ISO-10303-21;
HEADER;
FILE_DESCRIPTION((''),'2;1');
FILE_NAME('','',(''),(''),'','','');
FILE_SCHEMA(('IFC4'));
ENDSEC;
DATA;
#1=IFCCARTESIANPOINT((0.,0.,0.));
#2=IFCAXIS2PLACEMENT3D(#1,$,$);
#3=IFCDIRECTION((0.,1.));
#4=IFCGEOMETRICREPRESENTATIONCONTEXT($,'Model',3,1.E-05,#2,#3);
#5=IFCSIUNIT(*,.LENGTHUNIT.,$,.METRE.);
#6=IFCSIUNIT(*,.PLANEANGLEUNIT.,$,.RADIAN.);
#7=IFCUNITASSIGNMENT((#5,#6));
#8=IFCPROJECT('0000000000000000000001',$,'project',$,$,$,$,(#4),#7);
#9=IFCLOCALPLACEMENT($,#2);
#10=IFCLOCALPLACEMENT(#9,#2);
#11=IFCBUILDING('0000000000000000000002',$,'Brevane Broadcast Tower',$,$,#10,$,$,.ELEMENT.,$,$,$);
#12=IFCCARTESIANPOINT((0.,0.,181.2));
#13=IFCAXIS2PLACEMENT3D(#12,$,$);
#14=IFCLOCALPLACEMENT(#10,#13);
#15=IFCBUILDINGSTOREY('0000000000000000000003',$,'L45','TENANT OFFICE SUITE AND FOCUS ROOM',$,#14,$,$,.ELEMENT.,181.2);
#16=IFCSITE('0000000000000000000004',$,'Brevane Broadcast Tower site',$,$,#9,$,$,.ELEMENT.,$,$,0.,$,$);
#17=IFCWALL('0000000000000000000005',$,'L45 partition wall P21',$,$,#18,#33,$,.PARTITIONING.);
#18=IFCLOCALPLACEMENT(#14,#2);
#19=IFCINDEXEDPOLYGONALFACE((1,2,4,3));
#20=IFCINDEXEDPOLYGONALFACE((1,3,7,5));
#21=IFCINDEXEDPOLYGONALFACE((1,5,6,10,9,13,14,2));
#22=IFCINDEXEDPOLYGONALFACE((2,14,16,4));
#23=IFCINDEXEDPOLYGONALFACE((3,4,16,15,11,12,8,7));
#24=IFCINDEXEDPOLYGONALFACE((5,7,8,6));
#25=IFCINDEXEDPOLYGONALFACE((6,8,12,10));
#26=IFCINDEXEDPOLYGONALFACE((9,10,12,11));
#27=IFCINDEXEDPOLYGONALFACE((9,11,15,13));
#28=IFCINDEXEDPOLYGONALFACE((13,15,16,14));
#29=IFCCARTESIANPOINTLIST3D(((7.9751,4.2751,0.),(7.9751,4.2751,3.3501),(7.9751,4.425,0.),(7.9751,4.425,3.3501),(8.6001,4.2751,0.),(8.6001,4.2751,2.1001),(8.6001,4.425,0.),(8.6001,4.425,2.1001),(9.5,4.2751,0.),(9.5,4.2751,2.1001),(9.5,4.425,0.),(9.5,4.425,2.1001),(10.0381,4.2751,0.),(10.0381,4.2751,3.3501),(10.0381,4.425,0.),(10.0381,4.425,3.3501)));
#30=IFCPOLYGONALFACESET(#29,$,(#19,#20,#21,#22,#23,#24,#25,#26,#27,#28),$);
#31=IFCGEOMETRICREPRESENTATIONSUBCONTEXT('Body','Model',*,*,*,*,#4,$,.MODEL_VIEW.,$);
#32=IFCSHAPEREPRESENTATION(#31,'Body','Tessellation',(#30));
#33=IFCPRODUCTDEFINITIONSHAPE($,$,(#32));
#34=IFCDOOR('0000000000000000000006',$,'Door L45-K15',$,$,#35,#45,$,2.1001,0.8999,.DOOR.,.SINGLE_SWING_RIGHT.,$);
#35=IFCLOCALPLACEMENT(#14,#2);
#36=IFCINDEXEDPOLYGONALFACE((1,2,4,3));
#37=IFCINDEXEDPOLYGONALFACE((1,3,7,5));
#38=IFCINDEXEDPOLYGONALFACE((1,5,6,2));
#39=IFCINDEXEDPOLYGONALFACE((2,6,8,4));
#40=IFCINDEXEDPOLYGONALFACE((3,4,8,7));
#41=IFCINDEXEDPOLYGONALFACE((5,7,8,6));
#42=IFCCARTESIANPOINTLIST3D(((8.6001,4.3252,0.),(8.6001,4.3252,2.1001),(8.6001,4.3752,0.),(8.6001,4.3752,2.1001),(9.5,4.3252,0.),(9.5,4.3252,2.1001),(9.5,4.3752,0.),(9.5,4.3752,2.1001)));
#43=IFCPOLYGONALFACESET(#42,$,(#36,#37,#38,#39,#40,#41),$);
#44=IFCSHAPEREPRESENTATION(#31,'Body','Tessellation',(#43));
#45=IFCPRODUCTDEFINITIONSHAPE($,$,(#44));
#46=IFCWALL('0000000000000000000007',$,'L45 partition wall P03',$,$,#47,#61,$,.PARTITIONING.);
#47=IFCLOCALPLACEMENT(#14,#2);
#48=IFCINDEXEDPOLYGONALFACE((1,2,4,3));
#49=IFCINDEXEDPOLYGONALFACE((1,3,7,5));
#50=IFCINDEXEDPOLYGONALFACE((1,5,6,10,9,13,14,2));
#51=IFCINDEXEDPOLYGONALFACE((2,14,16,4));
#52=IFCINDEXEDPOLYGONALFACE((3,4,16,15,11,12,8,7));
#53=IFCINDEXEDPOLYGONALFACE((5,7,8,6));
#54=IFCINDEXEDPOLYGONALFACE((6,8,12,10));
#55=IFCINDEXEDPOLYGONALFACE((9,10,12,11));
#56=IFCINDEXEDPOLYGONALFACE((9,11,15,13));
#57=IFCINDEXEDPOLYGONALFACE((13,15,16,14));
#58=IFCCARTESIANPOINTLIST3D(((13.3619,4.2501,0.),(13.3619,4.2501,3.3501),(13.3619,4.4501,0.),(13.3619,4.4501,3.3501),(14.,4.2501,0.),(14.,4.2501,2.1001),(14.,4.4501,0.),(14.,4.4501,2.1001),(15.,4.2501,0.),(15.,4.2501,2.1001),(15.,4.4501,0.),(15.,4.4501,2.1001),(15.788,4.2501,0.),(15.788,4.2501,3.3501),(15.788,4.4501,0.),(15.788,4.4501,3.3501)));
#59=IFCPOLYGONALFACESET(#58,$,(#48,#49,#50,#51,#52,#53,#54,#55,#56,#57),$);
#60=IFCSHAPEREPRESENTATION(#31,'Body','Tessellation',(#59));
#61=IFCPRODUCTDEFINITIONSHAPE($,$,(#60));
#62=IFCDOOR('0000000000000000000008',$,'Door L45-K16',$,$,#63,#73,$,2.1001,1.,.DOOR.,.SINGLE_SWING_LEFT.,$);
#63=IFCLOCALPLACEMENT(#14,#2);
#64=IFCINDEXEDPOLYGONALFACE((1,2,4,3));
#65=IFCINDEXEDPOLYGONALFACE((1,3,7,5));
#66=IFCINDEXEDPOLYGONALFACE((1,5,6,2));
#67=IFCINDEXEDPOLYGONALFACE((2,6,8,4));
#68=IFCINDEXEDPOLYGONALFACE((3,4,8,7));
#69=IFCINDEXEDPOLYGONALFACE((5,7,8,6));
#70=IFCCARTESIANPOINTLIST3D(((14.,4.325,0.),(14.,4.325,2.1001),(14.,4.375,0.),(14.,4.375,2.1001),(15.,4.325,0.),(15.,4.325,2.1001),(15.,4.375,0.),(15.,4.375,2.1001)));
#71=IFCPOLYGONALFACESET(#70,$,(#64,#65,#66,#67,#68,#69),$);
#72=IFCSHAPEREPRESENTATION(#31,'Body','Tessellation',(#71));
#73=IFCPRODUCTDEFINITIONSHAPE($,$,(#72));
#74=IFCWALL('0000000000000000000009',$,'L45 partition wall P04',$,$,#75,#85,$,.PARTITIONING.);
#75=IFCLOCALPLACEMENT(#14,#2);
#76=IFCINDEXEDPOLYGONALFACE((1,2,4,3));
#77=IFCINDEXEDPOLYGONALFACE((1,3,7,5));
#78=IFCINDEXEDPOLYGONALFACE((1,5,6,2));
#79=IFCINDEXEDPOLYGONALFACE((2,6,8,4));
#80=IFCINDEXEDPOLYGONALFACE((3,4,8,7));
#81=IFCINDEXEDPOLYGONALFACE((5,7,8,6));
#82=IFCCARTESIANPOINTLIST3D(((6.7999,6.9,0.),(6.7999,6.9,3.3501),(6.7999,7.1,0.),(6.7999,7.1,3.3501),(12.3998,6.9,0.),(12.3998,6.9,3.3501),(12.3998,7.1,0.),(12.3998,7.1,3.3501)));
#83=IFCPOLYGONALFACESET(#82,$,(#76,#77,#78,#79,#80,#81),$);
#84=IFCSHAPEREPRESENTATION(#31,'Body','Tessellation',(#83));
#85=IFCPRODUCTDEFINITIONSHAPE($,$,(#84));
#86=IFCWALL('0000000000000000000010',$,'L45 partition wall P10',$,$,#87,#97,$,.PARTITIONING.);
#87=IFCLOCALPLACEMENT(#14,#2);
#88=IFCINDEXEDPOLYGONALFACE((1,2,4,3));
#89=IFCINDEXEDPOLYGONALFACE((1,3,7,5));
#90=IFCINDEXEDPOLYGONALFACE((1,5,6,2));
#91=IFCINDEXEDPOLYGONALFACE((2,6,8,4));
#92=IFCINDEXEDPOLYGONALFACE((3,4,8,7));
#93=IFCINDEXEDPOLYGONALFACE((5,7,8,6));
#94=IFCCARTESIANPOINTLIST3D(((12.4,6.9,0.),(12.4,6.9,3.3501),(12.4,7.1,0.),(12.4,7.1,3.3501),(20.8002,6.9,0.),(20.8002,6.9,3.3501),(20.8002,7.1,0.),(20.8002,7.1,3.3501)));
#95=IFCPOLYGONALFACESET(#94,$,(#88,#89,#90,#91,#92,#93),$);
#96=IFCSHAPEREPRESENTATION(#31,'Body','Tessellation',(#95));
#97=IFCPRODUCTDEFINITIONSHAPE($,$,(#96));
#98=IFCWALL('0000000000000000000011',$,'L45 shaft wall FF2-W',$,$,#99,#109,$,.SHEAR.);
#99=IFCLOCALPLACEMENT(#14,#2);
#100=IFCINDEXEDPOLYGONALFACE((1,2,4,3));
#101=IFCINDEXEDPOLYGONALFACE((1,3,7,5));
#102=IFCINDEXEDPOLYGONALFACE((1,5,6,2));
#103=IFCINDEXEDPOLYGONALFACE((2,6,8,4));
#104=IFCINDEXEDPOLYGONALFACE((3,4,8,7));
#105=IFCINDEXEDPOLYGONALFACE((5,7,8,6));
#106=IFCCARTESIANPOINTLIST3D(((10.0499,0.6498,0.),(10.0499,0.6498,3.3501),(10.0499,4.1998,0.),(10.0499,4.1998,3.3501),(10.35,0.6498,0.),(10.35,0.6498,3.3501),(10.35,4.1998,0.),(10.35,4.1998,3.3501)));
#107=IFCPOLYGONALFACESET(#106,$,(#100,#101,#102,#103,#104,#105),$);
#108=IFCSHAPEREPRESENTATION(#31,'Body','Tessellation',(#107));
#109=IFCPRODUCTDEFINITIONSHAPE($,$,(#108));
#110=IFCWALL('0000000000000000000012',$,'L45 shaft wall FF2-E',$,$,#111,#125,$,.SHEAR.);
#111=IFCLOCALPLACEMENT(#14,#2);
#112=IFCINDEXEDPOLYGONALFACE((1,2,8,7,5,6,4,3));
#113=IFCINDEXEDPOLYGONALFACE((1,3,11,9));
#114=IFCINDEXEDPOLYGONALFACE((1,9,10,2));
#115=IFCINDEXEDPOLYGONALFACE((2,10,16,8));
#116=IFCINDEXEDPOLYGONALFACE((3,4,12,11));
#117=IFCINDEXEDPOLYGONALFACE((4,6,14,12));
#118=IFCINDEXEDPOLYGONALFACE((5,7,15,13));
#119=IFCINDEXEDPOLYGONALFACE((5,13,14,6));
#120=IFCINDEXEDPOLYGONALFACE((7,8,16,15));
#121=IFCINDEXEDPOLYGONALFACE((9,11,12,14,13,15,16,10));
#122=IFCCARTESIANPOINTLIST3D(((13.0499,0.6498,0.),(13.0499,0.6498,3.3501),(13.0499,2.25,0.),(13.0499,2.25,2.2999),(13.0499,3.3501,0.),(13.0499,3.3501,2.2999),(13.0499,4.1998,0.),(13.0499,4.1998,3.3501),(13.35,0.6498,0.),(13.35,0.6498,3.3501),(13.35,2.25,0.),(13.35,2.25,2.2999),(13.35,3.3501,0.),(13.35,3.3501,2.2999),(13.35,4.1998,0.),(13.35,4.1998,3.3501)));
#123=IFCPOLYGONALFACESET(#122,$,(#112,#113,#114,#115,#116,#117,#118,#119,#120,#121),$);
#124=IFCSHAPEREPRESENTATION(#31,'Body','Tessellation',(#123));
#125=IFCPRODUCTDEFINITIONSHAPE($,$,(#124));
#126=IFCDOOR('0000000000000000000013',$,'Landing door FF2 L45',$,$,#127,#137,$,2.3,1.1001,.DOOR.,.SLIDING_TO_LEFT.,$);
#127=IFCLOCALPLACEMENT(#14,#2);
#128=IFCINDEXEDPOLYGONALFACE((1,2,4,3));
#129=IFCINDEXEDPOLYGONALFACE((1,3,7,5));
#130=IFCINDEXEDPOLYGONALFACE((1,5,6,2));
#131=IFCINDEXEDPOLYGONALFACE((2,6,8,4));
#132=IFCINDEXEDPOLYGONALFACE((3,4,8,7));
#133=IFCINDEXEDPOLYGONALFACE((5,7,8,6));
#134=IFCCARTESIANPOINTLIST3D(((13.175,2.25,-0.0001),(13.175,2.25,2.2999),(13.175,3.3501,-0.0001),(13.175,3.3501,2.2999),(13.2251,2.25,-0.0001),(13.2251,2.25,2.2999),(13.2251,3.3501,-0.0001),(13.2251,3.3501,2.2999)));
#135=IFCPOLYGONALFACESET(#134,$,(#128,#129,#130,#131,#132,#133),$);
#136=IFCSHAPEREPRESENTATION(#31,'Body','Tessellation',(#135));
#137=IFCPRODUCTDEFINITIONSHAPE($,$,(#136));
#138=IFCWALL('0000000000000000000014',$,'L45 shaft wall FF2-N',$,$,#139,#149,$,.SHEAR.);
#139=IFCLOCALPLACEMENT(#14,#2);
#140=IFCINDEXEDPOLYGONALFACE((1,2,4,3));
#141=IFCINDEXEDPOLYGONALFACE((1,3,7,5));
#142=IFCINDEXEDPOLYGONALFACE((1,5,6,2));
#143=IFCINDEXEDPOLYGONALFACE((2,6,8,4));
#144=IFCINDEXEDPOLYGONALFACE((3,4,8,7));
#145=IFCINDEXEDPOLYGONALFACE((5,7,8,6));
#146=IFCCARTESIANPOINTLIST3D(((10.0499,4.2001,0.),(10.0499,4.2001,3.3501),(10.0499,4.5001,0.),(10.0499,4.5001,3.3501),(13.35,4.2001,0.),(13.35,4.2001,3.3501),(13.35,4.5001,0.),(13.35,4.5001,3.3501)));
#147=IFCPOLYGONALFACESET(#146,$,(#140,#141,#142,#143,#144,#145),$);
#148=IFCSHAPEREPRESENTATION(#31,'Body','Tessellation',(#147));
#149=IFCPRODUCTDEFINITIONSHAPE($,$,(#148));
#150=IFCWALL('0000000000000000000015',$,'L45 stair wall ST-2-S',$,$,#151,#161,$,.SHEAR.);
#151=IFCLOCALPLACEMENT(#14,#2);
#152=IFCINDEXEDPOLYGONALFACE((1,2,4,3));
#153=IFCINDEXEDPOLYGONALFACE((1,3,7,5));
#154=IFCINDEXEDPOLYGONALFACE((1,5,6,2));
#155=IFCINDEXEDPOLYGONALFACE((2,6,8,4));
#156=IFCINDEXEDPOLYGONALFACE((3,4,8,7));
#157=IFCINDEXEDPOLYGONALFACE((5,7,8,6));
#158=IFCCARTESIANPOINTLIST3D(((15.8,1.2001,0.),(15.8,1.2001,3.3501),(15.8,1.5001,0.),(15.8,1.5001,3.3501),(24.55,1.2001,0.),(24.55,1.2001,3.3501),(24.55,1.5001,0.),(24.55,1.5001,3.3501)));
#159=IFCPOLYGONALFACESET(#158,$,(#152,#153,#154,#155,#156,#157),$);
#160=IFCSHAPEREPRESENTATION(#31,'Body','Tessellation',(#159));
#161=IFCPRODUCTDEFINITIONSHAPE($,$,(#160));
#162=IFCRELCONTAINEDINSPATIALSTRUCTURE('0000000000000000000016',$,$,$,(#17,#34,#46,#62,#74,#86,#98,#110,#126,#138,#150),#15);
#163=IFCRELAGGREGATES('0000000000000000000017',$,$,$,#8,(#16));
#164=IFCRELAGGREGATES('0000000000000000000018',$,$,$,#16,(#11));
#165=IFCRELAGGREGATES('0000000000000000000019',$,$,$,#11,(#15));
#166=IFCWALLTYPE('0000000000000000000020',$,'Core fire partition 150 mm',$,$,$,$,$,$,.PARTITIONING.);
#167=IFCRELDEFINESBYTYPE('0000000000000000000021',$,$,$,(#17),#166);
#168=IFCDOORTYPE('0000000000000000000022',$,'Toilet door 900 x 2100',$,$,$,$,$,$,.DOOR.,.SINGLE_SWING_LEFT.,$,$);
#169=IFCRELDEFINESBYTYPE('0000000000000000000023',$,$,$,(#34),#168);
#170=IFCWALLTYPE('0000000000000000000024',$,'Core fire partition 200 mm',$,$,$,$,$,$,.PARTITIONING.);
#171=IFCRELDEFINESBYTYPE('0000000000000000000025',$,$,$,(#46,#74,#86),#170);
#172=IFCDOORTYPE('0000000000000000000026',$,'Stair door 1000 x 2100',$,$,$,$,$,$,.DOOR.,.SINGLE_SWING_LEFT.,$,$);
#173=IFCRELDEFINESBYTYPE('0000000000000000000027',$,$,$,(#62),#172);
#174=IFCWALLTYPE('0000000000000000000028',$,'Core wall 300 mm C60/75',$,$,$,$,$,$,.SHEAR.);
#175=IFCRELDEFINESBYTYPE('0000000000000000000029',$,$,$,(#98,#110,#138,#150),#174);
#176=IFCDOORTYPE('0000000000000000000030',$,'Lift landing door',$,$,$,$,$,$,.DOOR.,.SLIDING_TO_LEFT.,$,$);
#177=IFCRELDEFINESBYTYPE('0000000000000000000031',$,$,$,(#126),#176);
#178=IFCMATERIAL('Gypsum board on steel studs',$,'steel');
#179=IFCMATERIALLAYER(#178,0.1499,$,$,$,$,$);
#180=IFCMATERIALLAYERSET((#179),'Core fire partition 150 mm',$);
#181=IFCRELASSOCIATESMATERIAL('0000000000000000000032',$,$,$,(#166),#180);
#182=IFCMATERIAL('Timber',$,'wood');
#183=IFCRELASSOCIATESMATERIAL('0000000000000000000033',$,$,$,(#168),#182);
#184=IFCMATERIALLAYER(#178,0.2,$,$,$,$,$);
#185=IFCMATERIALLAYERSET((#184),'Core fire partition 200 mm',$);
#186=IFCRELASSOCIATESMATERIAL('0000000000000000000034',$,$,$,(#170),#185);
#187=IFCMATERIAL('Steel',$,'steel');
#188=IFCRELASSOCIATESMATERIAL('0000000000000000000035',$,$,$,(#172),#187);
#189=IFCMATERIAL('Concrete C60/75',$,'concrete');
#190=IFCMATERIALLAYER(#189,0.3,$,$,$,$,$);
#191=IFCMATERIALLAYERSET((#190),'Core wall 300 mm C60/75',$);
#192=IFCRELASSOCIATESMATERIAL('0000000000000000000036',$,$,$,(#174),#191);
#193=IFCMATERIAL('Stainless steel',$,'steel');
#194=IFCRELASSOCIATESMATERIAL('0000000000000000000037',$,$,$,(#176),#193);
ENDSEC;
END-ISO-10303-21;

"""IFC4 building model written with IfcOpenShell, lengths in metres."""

from ifc_helpers import new_model, si_unit, direction, frame, frame_2d, origin, place, context, subcontext, project, spatial, rectangle, extrude, material, layer, layer_set, type_object, element, fill, save


model = new_model("IFC4")

# Units and contexts
model_context = context("Model", 3, precision=1e-05, world=origin(), true_north=direction((0.0, 1.0)))
body_context = subcontext(model_context, "Body", "Model", "MODEL_VIEW")
ifc_project = project(units=[si_unit("LENGTHUNIT", "METRE"), si_unit("PLANEANGLEUNIT", "RADIAN")], contexts=[model_context])

# Site, building, storey
site_placement = place(None, origin())
site = spatial("IfcSite", under=ifc_project, at=site_placement, Name="Brevane Broadcast Tower site", CompositionType="ELEMENT", RefElevation=0.0)
building_placement = place(site_placement, origin())
building = spatial("IfcBuilding", under=site, at=building_placement, Name="Brevane Broadcast Tower", CompositionType="ELEMENT")
storey_placement = place(building_placement, frame((0.0, 0.0, 181.2)))
storey = spatial("IfcBuildingStorey", under=building, at=storey_placement, Name="L45", Description="TENANT OFFICE SUITE AND FOCUS ROOM", CompositionType="ELEMENT", Elevation=181.2)

# Shared definitions
ifc_material_1 = material(Name="Gypsum board on steel studs", Category="steel")
ifc_layer_1 = layer(ifc_material_1, 0.1499)
ifc_layer_set_1 = layer_set([ifc_layer_1], Name="Core fire partition 150 mm")
wall_type_1 = type_object("IfcWallType", Name="Core fire partition 150 mm", PredefinedType="PARTITIONING", material=ifc_layer_set_1)

# Shared definitions
ifc_material_2 = material(Name="Timber", Category="wood")
door_type_1 = type_object("IfcDoorType", Name="Toilet door 900 x 2100", OperationType="SINGLE_SWING_LEFT", PredefinedType="DOOR", material=ifc_material_2)

# Walls, openings, doors
wall_1_placement = place(storey_placement, frame((10.0381, 4.3501, 0.0), z_axis=(0.0, 0.0, 1.0), x_axis=(-1.0, 0.0, 0.0)))
wall_1 = element("IfcWall", 1, at=wall_1_placement, inside=storey, type_object=wall_type_1, Name="L45 partition wall P21", PredefinedType="PARTITIONING", context=body_context, shape_type="SweptSolid", body=[
    extrude(rectangle(XDim=2.063, YDim=0.1499, at=frame_2d((1.0315, 0.0))), origin(), (0.0, 0.0, 1.0), 3.3501),
])
opening_1_placement = place(wall_1_placement, frame((0.5381, 0.0, 0.0)))
opening_1 = element("IfcOpeningElement", 2, at=opening_1_placement, cuts=wall_1, PredefinedType="OPENING", context=body_context, shape_type="SweptSolid", body=[
    extrude(rectangle(XDim=0.8999, YDim=2.1001, at=frame_2d((0.45, 1.05))), frame((0.0, 0.085, 0.0), z_axis=(0.0, -1.0, 0.0), x_axis=(1.0, 0.0, 0.0)), (0.0, 0.0, 1.0), 0.1699),
])
door_1_placement = place(opening_1_placement, origin())
door_1 = element("IfcDoor", 3, at=door_1_placement, inside=storey, type_object=door_type_1, Name="Door L45-K15", OperationType="SINGLE_SWING_RIGHT", OverallHeight=2.1001, OverallWidth=0.8999, PredefinedType="DOOR", context=body_context, shape_type="SweptSolid", body=[
    extrude(rectangle(XDim=0.8999, YDim=2.1001, at=frame_2d((0.45, 1.05))), frame((0.0, 0.0249, 0.0), z_axis=(0.0, -1.0, 0.0), x_axis=(1.0, 0.0, 0.0)), (0.0, 0.0, 1.0), 0.05),
])
fill(opening_1, door_1)
ifc_layer_2 = layer(ifc_material_1, 0.2)
ifc_layer_set_2 = layer_set([ifc_layer_2], Name="Core fire partition 200 mm")
wall_type_2 = type_object("IfcWallType", Name="Core fire partition 200 mm", PredefinedType="PARTITIONING", material=ifc_layer_set_2)
wall_2_placement = place(storey_placement, frame((13.3621, 4.3501, 0.0), z_axis=(0.0, 0.0, 1.0), x_axis=(1.0, 0.0, 0.0)))
wall_2 = element("IfcWall", 4, at=wall_2_placement, inside=storey, type_object=wall_type_2, Name="L45 partition wall P03", PredefinedType="PARTITIONING", context=body_context, shape_type="SweptSolid", body=[
    extrude(rectangle(XDim=2.426, YDim=0.2, at=frame_2d((1.2129, 0.0))), origin(), (0.0, 0.0, 1.0), 3.3501),
])
opening_2_placement = place(wall_2_placement, frame((0.6379, 0.0, 0.0)))
opening_2 = element("IfcOpeningElement", 5, at=opening_2_placement, cuts=wall_2, PredefinedType="OPENING", context=body_context, shape_type="SweptSolid", body=[
    extrude(rectangle(XDim=1.0, YDim=2.1001, at=frame_2d((0.5, 1.05))), frame((0.0, 0.1099, 0.0), z_axis=(0.0, -1.0, 0.0), x_axis=(1.0, 0.0, 0.0)), (0.0, 0.0, 1.0), 0.22),
])
ifc_material_3 = material(Name="Steel", Category="steel")
door_type_2 = type_object("IfcDoorType", Name="Stair door 1000 x 2100", OperationType="SINGLE_SWING_LEFT", PredefinedType="DOOR", material=ifc_material_3)
door_2_placement = place(opening_2_placement, origin())
door_2 = element("IfcDoor", 6, at=door_2_placement, inside=storey, type_object=door_type_2, Name="Door L45-K16", OperationType="SINGLE_SWING_LEFT", OverallHeight=2.1001, OverallWidth=1.0, PredefinedType="DOOR", context=body_context, shape_type="SweptSolid", body=[
    extrude(rectangle(XDim=1.0, YDim=2.1001, at=frame_2d((0.5, 1.05))), frame((0.0, 0.0249, 0.0), z_axis=(0.0, -1.0, 0.0), x_axis=(1.0, 0.0, 0.0)), (0.0, 0.0, 1.0), 0.05),
])
fill(opening_2, door_2)

# Walls
wall_3_placement = place(storey_placement, frame((6.8, 7.0, 0.0), z_axis=(0.0, 0.0, 1.0), x_axis=(1.0, 0.0, 0.0)))
element("IfcWall", 7, at=wall_3_placement, inside=storey, type_object=wall_type_2, Name="L45 partition wall P04", PredefinedType="PARTITIONING", context=body_context, shape_type="SweptSolid", body=[
    extrude(rectangle(XDim=5.5999, YDim=0.2, at=frame_2d((2.7998, 0.0))), origin(), (0.0, 0.0, 1.0), 3.3501),
])
wall_4_placement = place(storey_placement, frame((12.3999, 7.0, 0.0), z_axis=(0.0, 0.0, 1.0), x_axis=(1.0, 0.0, 0.0)))
element("IfcWall", 8, at=wall_4_placement, inside=storey, type_object=wall_type_2, Name="L45 partition wall P10", PredefinedType="PARTITIONING", context=body_context, shape_type="SweptSolid", body=[
    extrude(rectangle(XDim=8.4001, YDim=0.2, at=frame_2d((4.2002, 0.0))), origin(), (0.0, 0.0, 1.0), 3.3501),
])
ifc_material_4 = material(Name="Concrete C60/75", Category="concrete")
ifc_layer_3 = layer(ifc_material_4, 0.3)
ifc_layer_set_3 = layer_set([ifc_layer_3], Name="Core wall 300 mm C60/75")
wall_type_3 = type_object("IfcWallType", Name="Core wall 300 mm C60/75", PredefinedType="SHEAR", material=ifc_layer_set_3)
wall_5_placement = place(storey_placement, frame((10.2, 0.6499, 0.0), z_axis=(0.0, 0.0, 1.0), x_axis=(0.0, 1.0, 0.0)))
element("IfcWall", 9, at=wall_5_placement, inside=storey, type_object=wall_type_3, Name="L45 shaft wall FF2-W", PredefinedType="SHEAR", context=body_context, shape_type="SweptSolid", body=[
    extrude(rectangle(XDim=3.55, YDim=0.3, at=frame_2d((1.7749, 0.0))), origin(), (0.0, 0.0, 1.0), 3.3501),
])

# Wall, opening, door
wall_6_placement = place(storey_placement, frame((13.2, 0.6499, 0.0), z_axis=(0.0, 0.0, 1.0), x_axis=(0.0, 1.0, 0.0)))
wall_6 = element("IfcWall", 10, at=wall_6_placement, inside=storey, type_object=wall_type_3, Name="L45 shaft wall FF2-E", PredefinedType="SHEAR", context=body_context, shape_type="SweptSolid", body=[
    extrude(rectangle(XDim=3.55, YDim=0.3, at=frame_2d((1.7749, 0.0))), origin(), (0.0, 0.0, 1.0), 3.3501),
])
opening_3_placement = place(wall_6_placement, frame((1.6001, 0.0, 0.0)))
opening_3 = element("IfcOpeningElement", 11, at=opening_3_placement, cuts=wall_6, PredefinedType="OPENING", context=body_context, shape_type="SweptSolid", body=[
    extrude(rectangle(XDim=1.1001, YDim=2.3, at=frame_2d((0.55, 1.1499))), frame((0.0, 0.1599, 0.0), z_axis=(0.0, -1.0, 0.0), x_axis=(1.0, 0.0, 0.0)), (0.0, 0.0, 1.0), 0.3201),
])
ifc_material_5 = material(Name="Stainless steel", Category="steel")
door_type_3 = type_object("IfcDoorType", Name="Lift landing door", OperationType="SLIDING_TO_LEFT", PredefinedType="DOOR", material=ifc_material_5)
door_3_placement = place(opening_3_placement, origin())
door_3 = element("IfcDoor", 12, at=door_3_placement, inside=storey, type_object=door_type_3, Name="Landing door FF2 L45", OperationType="SLIDING_TO_LEFT", OverallHeight=2.3, OverallWidth=1.1001, PredefinedType="DOOR", context=body_context, shape_type="SweptSolid", body=[
    extrude(rectangle(XDim=1.1001, YDim=2.3, at=frame_2d((0.55, 1.1499))), frame((0.0, 0.0249, 0.0), z_axis=(0.0, -1.0, 0.0), x_axis=(1.0, 0.0, 0.0)), (0.0, 0.0, 1.0), 0.05),
])
fill(opening_3, door_3)

# Walls
wall_7_placement = place(storey_placement, frame((10.05, 4.3501, 0.0), z_axis=(0.0, 0.0, 1.0), x_axis=(1.0, 0.0, 0.0)))
element("IfcWall", 13, at=wall_7_placement, inside=storey, type_object=wall_type_3, Name="L45 shaft wall FF2-N", PredefinedType="SHEAR", context=body_context, shape_type="SweptSolid", body=[
    extrude(rectangle(XDim=3.3, YDim=0.3, at=frame_2d((1.6499, 0.0))), origin(), (0.0, 0.0, 1.0), 3.3501),
])
wall_8_placement = place(storey_placement, frame((15.8, 1.3501, 0.0), z_axis=(0.0, 0.0, 1.0), x_axis=(1.0, 0.0, 0.0)))
element("IfcWall", 14, at=wall_8_placement, inside=storey, type_object=wall_type_3, Name="L45 stair wall ST-2-S", PredefinedType="SHEAR", context=body_context, shape_type="SweptSolid", body=[
    extrude(rectangle(XDim=8.75, YDim=0.3, at=frame_2d((4.375, 0.0))), origin(), (0.0, 0.0, 1.0), 3.3501),
])

save(model, "model.ifc")
